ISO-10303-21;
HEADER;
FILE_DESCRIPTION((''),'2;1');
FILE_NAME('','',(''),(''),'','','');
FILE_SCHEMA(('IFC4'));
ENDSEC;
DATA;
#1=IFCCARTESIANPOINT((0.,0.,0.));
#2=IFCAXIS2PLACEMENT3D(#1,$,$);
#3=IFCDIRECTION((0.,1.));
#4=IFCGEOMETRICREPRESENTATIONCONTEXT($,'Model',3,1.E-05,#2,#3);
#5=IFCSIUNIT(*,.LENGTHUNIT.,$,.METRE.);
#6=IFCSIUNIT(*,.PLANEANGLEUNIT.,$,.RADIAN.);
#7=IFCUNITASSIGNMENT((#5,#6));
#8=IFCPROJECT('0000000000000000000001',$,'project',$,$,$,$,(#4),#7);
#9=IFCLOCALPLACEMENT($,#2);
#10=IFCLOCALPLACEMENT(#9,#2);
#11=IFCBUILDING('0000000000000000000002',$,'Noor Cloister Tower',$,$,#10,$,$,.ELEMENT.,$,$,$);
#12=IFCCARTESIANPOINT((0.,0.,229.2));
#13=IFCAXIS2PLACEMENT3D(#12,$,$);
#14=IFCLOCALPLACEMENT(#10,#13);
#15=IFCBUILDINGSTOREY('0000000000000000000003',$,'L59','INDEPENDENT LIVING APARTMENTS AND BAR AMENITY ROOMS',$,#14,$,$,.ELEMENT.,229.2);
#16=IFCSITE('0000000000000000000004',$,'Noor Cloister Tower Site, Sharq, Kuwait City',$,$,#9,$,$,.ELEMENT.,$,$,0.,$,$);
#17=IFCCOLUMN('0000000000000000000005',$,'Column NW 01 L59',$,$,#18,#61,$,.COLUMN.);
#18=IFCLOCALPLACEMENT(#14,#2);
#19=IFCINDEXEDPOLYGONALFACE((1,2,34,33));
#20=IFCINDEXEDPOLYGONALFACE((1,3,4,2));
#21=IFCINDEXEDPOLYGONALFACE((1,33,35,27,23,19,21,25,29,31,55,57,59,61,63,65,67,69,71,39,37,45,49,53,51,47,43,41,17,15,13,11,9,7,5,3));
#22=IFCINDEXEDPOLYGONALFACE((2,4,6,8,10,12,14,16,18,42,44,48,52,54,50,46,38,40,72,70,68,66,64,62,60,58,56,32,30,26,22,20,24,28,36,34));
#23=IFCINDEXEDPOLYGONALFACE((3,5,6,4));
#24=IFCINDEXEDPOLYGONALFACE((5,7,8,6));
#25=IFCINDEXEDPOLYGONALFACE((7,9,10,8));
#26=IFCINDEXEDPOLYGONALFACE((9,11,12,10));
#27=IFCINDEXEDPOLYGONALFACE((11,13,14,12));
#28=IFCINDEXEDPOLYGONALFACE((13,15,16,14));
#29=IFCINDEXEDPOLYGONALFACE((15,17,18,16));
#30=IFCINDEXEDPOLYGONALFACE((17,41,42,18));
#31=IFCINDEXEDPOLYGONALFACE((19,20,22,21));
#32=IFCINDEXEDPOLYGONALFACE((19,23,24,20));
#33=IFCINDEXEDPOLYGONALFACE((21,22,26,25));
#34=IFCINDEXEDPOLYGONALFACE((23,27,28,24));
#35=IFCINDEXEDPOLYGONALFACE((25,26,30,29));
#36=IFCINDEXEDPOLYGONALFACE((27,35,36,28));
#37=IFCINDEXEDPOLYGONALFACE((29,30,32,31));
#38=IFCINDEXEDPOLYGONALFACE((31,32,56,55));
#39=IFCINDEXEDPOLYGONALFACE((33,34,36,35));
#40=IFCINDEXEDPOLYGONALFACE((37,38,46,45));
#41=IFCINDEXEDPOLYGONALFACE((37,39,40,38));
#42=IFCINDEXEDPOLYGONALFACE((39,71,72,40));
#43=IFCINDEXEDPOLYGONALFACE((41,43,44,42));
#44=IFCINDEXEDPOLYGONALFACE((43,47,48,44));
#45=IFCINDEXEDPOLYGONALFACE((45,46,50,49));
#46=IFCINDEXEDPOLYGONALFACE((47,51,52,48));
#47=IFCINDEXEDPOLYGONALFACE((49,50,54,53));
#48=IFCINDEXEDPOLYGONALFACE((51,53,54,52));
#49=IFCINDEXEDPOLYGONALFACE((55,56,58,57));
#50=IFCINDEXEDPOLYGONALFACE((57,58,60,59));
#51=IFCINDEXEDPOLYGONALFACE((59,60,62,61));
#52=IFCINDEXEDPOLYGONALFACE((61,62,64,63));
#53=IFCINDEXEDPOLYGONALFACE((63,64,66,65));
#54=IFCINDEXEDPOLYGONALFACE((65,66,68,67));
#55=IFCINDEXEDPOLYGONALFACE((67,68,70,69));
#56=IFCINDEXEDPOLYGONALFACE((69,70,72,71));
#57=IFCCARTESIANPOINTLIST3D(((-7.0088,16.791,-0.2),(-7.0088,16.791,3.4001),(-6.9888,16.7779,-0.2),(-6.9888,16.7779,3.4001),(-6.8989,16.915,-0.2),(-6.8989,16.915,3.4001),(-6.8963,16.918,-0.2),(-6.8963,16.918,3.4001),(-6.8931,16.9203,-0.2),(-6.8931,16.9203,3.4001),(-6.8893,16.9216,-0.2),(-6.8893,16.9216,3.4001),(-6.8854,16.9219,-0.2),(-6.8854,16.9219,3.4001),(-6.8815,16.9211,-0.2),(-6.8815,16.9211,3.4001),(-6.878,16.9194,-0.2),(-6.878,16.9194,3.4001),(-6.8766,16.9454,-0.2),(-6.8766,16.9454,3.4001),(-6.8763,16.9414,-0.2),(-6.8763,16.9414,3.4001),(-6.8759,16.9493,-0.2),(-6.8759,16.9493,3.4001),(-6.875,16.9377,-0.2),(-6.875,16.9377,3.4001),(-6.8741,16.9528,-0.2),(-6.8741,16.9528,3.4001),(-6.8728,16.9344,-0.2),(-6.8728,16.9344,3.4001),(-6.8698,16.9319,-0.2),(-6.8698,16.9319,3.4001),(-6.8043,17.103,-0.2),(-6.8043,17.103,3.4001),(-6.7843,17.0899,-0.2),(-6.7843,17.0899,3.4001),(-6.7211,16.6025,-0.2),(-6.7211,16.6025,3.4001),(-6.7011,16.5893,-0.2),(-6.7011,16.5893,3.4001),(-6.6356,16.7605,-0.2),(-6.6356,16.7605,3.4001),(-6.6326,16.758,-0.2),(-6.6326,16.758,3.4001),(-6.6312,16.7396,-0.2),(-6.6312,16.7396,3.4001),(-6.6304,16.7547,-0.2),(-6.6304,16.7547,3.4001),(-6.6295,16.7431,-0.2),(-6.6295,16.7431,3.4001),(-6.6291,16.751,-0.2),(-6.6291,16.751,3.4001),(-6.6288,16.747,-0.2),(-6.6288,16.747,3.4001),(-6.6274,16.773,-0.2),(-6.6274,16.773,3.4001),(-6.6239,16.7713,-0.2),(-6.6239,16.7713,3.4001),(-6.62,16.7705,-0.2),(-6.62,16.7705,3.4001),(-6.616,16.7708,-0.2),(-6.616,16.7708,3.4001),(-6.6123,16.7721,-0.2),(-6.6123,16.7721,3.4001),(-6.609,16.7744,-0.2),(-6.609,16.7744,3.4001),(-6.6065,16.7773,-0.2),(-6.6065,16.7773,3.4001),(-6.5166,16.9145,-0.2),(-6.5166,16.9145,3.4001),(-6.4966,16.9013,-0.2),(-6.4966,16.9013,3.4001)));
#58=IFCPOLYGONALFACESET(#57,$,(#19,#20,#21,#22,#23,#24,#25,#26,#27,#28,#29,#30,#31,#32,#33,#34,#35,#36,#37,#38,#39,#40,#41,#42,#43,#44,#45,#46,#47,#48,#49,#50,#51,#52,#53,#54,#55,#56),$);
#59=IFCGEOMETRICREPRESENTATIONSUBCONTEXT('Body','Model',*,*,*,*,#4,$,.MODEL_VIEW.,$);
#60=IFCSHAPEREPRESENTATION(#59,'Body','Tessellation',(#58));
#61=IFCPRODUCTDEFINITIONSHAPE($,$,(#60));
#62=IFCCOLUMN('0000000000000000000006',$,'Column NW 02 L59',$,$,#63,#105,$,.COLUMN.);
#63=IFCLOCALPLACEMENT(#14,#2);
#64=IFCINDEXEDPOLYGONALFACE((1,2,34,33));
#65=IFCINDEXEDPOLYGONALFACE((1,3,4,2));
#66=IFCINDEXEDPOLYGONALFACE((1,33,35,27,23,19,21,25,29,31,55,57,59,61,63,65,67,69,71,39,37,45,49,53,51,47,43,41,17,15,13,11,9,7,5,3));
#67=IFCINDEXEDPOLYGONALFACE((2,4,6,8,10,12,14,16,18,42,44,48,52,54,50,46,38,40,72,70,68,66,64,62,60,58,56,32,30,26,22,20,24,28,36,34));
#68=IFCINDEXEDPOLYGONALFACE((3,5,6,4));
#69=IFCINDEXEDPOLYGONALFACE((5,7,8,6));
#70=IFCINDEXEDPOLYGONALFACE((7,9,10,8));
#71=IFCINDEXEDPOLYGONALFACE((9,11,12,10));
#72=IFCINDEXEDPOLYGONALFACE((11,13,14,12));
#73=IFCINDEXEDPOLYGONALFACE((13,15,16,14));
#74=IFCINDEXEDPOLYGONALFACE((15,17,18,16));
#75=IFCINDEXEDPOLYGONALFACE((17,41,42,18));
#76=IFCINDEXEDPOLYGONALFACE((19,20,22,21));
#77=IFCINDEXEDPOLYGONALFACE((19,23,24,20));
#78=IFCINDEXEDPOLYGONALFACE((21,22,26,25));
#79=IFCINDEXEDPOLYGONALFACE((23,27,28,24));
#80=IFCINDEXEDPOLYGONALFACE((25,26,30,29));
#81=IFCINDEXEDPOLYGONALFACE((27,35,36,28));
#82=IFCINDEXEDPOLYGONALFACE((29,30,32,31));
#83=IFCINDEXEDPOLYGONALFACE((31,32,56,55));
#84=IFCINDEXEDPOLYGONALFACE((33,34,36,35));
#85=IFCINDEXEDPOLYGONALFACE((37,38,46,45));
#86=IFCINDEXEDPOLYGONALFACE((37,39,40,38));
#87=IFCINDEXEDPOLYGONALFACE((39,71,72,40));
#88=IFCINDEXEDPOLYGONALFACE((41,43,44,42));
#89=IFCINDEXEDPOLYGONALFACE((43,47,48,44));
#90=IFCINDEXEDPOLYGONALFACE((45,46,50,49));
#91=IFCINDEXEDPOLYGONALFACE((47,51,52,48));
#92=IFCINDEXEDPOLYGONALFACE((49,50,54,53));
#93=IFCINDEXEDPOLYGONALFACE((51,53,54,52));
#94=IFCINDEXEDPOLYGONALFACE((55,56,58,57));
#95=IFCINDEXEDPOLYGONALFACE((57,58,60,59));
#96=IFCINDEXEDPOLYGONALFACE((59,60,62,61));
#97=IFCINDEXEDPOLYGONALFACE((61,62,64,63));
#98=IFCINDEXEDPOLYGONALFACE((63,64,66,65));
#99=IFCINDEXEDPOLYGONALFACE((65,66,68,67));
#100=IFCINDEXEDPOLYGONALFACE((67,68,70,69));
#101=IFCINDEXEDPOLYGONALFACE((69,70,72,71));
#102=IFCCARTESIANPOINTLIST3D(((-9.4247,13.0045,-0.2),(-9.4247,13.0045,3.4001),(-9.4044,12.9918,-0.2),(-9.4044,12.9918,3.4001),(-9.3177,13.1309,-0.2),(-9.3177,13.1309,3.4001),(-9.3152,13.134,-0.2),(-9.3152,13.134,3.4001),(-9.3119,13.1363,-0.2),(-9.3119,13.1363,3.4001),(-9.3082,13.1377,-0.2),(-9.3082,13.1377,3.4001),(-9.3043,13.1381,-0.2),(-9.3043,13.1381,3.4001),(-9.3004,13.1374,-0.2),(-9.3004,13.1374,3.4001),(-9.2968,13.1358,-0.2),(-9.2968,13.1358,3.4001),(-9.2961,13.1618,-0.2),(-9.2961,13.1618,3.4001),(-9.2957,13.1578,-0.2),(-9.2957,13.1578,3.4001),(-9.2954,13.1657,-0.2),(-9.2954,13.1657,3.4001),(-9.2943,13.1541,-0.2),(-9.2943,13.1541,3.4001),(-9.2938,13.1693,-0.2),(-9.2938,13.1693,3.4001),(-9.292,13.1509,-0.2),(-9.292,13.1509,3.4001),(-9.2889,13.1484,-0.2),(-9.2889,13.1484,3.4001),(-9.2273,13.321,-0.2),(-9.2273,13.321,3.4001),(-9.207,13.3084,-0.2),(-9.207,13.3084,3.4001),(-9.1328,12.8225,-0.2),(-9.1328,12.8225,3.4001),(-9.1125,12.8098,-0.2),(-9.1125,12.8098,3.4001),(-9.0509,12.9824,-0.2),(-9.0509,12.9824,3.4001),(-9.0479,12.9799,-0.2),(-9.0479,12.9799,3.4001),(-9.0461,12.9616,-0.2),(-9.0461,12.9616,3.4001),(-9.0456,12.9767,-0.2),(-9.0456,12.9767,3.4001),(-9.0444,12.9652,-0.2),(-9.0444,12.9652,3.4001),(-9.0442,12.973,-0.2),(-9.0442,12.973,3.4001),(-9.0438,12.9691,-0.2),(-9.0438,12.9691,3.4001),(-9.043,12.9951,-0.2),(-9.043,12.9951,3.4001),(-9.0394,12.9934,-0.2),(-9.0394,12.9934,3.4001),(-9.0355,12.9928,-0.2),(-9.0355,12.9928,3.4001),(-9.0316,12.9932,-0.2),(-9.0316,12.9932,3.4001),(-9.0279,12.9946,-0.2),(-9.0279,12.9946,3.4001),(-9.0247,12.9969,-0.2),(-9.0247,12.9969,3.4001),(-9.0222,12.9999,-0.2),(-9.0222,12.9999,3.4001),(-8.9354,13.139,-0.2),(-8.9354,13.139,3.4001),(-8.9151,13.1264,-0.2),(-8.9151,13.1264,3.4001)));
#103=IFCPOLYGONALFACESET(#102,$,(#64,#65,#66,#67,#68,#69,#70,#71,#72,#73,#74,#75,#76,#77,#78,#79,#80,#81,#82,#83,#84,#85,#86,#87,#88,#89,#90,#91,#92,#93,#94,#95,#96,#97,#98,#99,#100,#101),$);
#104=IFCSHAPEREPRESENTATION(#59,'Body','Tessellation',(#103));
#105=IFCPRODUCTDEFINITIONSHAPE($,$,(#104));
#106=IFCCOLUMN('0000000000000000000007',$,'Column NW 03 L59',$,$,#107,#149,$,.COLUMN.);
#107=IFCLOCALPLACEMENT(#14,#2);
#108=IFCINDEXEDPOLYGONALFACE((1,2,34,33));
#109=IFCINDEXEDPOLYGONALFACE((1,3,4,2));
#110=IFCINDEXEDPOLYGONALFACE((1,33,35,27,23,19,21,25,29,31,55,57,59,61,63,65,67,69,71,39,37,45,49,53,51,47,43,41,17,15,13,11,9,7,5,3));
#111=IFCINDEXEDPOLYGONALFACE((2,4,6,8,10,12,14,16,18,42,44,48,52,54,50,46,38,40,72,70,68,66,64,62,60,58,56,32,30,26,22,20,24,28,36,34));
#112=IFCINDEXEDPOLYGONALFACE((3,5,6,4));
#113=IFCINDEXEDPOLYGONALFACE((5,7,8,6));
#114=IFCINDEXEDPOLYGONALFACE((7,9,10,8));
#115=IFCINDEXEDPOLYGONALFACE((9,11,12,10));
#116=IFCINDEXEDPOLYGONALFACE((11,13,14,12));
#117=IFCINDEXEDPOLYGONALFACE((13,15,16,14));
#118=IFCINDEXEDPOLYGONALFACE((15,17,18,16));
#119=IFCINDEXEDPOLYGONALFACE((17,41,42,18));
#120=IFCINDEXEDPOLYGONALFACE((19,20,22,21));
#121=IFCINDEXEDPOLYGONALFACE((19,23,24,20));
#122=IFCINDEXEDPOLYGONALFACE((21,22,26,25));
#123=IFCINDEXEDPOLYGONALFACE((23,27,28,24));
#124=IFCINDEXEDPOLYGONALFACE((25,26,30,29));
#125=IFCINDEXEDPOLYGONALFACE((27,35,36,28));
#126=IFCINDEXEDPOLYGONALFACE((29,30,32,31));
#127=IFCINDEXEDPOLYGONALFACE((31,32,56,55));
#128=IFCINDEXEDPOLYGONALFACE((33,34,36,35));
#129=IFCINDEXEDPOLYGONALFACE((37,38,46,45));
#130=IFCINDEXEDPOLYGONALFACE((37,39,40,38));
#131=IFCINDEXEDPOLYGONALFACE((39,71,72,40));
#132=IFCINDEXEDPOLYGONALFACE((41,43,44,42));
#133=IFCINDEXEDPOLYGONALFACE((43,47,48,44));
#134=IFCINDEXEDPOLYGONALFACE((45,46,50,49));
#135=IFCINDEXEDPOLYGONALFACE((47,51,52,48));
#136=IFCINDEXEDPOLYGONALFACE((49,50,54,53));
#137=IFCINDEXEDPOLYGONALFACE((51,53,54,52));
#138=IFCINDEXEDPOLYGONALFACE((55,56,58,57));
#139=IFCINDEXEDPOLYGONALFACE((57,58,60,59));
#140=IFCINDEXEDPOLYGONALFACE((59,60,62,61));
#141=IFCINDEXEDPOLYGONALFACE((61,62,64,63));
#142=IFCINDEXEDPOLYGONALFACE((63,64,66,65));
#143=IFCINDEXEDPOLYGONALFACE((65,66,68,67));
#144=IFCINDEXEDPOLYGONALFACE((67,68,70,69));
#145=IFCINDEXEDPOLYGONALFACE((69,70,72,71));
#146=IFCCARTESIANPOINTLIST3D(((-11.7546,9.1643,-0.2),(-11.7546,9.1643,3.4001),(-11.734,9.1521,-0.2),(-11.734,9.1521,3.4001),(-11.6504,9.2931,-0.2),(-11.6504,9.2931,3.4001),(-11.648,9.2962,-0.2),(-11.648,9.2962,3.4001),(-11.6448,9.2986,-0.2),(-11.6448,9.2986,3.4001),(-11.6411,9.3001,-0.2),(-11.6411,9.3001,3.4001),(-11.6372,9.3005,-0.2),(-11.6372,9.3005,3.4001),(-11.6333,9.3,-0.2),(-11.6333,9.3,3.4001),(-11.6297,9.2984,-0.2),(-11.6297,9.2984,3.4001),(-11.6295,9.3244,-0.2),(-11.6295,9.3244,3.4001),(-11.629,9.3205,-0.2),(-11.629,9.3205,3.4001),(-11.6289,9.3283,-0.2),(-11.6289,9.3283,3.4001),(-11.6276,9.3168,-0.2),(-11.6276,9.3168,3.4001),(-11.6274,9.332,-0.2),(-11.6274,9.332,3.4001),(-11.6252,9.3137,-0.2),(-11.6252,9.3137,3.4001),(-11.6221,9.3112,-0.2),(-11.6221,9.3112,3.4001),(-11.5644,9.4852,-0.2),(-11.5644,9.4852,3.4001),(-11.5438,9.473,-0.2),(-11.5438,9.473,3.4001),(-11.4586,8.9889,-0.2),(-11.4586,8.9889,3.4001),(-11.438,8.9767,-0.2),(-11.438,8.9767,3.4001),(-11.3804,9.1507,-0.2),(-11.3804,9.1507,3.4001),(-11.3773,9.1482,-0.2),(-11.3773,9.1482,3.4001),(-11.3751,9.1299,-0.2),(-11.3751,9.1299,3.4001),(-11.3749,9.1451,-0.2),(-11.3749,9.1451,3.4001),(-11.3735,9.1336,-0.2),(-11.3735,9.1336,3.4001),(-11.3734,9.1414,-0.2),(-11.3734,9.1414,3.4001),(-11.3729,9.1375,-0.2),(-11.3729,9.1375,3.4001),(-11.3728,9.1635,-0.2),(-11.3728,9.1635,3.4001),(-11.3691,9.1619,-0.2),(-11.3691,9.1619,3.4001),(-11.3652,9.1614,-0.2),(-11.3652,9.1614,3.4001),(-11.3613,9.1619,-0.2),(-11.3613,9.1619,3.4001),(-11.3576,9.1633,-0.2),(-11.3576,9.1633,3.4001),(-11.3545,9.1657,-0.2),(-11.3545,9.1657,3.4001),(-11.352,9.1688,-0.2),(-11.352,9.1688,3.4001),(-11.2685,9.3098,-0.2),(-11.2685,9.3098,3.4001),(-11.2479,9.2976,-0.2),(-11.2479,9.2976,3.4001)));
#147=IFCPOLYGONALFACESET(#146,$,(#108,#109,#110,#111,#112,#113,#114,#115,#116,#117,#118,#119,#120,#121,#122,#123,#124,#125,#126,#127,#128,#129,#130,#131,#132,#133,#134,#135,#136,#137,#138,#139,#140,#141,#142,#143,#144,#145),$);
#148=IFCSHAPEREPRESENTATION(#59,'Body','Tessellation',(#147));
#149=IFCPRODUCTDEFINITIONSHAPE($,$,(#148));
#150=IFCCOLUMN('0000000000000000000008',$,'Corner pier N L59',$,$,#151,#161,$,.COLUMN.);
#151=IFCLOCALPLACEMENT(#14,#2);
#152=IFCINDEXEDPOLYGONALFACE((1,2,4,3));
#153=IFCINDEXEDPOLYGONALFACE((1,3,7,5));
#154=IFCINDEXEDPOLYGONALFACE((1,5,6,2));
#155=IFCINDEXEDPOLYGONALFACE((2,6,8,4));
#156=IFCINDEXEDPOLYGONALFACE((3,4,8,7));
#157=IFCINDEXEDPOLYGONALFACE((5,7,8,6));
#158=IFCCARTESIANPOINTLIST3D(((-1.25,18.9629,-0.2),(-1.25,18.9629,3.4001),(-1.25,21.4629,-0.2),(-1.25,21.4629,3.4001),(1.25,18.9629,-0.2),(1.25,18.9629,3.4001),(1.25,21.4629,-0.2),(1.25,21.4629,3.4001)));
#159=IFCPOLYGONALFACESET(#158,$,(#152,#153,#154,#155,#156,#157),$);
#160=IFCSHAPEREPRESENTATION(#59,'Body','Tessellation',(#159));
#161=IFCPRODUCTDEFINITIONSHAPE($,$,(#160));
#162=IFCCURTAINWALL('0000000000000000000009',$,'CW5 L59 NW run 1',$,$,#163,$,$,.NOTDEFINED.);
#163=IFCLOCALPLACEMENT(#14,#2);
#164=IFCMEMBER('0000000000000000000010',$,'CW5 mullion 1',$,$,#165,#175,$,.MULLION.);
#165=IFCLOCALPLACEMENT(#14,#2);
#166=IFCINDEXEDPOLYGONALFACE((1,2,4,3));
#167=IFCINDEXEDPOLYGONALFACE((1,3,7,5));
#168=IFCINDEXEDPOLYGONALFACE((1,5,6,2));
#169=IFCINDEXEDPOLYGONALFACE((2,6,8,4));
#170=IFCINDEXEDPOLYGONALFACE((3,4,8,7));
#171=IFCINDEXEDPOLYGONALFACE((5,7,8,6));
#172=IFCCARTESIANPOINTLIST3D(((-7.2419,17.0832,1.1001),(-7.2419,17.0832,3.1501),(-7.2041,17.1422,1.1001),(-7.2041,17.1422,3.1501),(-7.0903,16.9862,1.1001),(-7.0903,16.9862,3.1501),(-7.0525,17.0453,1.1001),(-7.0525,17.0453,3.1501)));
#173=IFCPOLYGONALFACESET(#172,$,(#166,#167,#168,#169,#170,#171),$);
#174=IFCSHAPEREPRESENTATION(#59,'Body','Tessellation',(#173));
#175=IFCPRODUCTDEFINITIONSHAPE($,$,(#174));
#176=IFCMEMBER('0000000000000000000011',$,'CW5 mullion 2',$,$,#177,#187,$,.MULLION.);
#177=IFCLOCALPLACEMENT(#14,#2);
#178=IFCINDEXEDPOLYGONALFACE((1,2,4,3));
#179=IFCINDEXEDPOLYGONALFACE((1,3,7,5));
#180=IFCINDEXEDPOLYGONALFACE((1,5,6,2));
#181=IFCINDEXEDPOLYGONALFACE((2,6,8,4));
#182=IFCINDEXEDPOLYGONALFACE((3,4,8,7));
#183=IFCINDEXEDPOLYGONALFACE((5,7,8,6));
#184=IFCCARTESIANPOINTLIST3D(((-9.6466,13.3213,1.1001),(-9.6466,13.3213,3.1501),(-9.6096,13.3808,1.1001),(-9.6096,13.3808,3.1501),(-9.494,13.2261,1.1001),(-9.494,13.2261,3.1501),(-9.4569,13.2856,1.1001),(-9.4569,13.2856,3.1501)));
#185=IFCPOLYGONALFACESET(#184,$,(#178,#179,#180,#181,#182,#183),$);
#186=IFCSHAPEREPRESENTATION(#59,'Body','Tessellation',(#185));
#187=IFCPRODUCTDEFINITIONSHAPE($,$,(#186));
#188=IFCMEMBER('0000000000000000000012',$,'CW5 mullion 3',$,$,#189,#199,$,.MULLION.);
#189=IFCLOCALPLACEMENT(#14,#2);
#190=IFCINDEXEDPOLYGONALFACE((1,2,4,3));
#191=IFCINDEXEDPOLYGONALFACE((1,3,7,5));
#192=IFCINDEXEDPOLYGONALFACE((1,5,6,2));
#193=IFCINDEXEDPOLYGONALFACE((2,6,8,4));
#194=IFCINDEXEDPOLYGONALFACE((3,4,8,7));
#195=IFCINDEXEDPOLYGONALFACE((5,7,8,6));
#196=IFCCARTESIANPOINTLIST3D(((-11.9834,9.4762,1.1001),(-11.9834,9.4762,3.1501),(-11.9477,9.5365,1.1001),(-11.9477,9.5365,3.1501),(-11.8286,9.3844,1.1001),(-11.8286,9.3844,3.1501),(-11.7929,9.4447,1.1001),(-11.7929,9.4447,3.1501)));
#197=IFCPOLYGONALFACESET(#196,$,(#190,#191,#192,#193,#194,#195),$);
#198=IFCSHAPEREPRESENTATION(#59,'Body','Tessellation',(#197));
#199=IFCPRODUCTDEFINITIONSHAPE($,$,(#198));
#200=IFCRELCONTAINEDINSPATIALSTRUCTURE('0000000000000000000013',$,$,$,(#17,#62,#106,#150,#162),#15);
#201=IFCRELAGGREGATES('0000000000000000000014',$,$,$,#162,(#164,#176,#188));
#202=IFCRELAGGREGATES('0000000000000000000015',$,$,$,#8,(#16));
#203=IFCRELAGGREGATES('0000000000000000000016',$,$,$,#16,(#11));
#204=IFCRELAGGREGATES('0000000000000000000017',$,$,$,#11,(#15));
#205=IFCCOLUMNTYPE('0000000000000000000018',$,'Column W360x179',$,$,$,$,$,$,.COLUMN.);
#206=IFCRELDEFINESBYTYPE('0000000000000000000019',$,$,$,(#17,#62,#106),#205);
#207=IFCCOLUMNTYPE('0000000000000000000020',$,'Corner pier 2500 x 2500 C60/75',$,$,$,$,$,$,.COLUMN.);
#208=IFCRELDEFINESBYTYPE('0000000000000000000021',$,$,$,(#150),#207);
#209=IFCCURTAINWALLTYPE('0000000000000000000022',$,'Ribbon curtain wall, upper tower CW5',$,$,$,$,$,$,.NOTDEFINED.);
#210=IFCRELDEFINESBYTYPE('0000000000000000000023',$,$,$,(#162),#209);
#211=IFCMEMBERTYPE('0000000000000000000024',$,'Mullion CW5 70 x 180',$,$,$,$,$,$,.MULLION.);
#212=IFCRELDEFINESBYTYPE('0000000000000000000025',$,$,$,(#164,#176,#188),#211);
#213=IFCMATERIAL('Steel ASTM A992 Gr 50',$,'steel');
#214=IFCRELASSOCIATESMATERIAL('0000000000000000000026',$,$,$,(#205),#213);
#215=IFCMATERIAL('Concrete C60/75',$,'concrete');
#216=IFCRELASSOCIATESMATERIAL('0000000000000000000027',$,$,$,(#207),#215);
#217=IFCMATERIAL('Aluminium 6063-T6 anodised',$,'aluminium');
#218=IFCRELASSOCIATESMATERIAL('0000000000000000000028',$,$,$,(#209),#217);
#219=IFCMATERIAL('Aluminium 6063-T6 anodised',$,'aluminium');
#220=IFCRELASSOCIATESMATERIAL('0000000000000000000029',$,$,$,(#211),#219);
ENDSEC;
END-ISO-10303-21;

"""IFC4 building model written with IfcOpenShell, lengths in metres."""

from ifc_helpers import new_model, si_unit, direction, frame, origin, origin_2d, place, context, subcontext, project, spatial, rectangle, i_section, extrude, material, material_profile, profile_set, type_object, element, aggregate, save


model = new_model("IFC4")

# Units and contexts
model_context = context("Model", 3, precision=1e-05, world=origin(), true_north=direction((0.0, 1.0)))
body_context = subcontext(model_context, "Body", "Model", "MODEL_VIEW")
ifc_project = project(units=[si_unit("LENGTHUNIT", "METRE"), si_unit("PLANEANGLEUNIT", "RADIAN")], contexts=[model_context])

# Site, building, storey
site_placement = place(None, origin())
site = spatial("IfcSite", under=ifc_project, at=site_placement, Name="Noor Cloister Tower Site, Sharq, Kuwait City", CompositionType="ELEMENT", RefElevation=0.0)
building_placement = place(site_placement, origin())
building = spatial("IfcBuilding", under=site, at=building_placement, Name="Noor Cloister Tower", CompositionType="ELEMENT")
storey_placement = place(building_placement, frame((0.0, 0.0, 229.2)))
storey = spatial("IfcBuildingStorey", under=building, at=storey_placement, Name="L59", Description="INDEPENDENT LIVING APARTMENTS AND BAR AMENITY ROOMS", CompositionType="ELEMENT", Elevation=229.2)

# Columns
ifc_material_1 = material(Name="Steel ASTM A992 Gr 50", Category="steel")
ifc_material_profile_1 = material_profile(ifc_material_1, i_section(OverallWidth=0.373, OverallDepth=0.3679, WebThickness=0.0149, FlangeThickness=0.0239, FilletRadius=0.0151, at=origin_2d()), Name="W360x179")
ifc_profile_set_1 = profile_set([ifc_material_profile_1], Name="Steel ASTM A992 Gr 50")
column_type_1 = type_object("IfcColumnType", Name="Column W360x179", PredefinedType="COLUMN", material=ifc_profile_set_1)
for number, where, z_axis, x_axis, name in (
    (1, (-6.7527, 16.8462, -0.2), (0.0, 0.0, 1.0), (-0.548212, -0.836339, 0.0), "Column NW 01 L59"),
    (2, (-9.1699, 13.0654, -0.2), (0.0, 0.0, 1.0), (-0.52913, -0.848541, 0.0), "Column NW 02 L59"),
    (3, (-11.5012, 9.231, -0.2), (0.0, 0.0, 1.0), (-0.509776, -0.860307, 0.0), "Column NW 03 L59"),
):
    element("IfcColumn", number, at=place(storey_placement, frame(where, z_axis=z_axis, x_axis=x_axis)), inside=storey, type_object=column_type_1, Name=name, PredefinedType="COLUMN", context=body_context, shape_type="SweptSolid", body=[
        extrude(i_section(OverallWidth=0.373, OverallDepth=0.3679, WebThickness=0.0149, FlangeThickness=0.0239, FilletRadius=0.0151, at=origin_2d()), origin(), (0.0, 0.0, 1.0), 3.6001),
    ])
ifc_material_2 = material(Name="Concrete C60/75", Category="concrete")
ifc_material_profile_2 = material_profile(ifc_material_2, rectangle(XDim=2.5, YDim=2.5, at=origin_2d()), Name="RC 2500x2500")
ifc_profile_set_2 = profile_set([ifc_material_profile_2], Name="Concrete C60/75")
column_type_2 = type_object("IfcColumnType", Name="Corner pier 2500 x 2500 C60/75", PredefinedType="COLUMN", material=ifc_profile_set_2)
column_placement = place(storey_placement, frame((0.0, 20.2129, -0.2), z_axis=(0.0, 0.0, 1.0), x_axis=(0.0, 1.0, 0.0)))
element("IfcColumn", 4, at=column_placement, inside=storey, type_object=column_type_2, Name="Corner pier N L59", PredefinedType="COLUMN", context=body_context, shape_type="SweptSolid", body=[
    extrude(rectangle(XDim=2.5, YDim=2.5, at=origin_2d()), origin(), (0.0, 0.0, 1.0), 3.6001),
])

# Curtain wall, members
ifc_material_3 = material(Name="Aluminium 6063-T6 anodised", Category="aluminium")
curtain_wall_type = type_object("IfcCurtainWallType", Name="Ribbon curtain wall, upper tower CW5", PredefinedType="NOTDEFINED", material=ifc_material_3)
curtain_wall_placement = place(storey_placement, origin())
curtain_wall = element("IfcCurtainWall", 5, at=curtain_wall_placement, inside=storey, type_object=curtain_wall_type, Name="CW5 L59 NW run 1", PredefinedType="NOTDEFINED")
ifc_material_4 = material(Name="Aluminium 6063-T6 anodised", Category="aluminium")
ifc_material_profile_3 = material_profile(ifc_material_4, rectangle(XDim=0.1799, YDim=0.0701, at=origin_2d()), Name="180 x 70 mullion")
ifc_profile_set_3 = profile_set([ifc_material_profile_3], Name="Aluminium 6063-T6 anodised")
member_type = type_object("IfcMemberType", Name="Mullion CW5 70 x 180", PredefinedType="MULLION", material=ifc_profile_set_3)
member_1_placement = place(storey_placement, frame((-7.1472, 17.0642, 1.1001), z_axis=(0.0, 0.0, 1.0), x_axis=(0.842494, -0.538705, 0.0)))
member_1 = element("IfcMember", 6, at=member_1_placement, type_object=member_type, Name="CW5 mullion 1", PredefinedType="MULLION", context=body_context, shape_type="SweptSolid", body=[
    extrude(rectangle(XDim=0.1799, YDim=0.0701, at=origin_2d()), origin(), (0.0, 0.0, 1.0), 2.05),
])
member_2_placement = place(storey_placement, frame((-9.5518, 13.3035, 1.1001), z_axis=(0.0, 0.0, 1.0), x_axis=(0.848541, -0.52913, 0.0)))
member_2 = element("IfcMember", 7, at=member_2_placement, type_object=member_type, Name="CW5 mullion 2", PredefinedType="MULLION", context=body_context, shape_type="SweptSolid", body=[
    extrude(rectangle(XDim=0.1799, YDim=0.0701, at=origin_2d()), origin(), (0.0, 0.0, 1.0), 2.05),
])
member_3_placement = place(storey_placement, frame((-11.8882, 9.4604, 1.1001), z_axis=(0.0, 0.0, 1.0), x_axis=(0.860307, -0.509776, 0.0)))
member_3 = element("IfcMember", 8, at=member_3_placement, type_object=member_type, Name="CW5 mullion 3", PredefinedType="MULLION", context=body_context, shape_type="SweptSolid", body=[
    extrude(rectangle(XDim=0.1799, YDim=0.0701, at=origin_2d()), origin(), (0.0, 0.0, 1.0), 2.05),
])

aggregate(curtain_wall, [member_1, member_2, member_3])

save(model, "model.ifc")
